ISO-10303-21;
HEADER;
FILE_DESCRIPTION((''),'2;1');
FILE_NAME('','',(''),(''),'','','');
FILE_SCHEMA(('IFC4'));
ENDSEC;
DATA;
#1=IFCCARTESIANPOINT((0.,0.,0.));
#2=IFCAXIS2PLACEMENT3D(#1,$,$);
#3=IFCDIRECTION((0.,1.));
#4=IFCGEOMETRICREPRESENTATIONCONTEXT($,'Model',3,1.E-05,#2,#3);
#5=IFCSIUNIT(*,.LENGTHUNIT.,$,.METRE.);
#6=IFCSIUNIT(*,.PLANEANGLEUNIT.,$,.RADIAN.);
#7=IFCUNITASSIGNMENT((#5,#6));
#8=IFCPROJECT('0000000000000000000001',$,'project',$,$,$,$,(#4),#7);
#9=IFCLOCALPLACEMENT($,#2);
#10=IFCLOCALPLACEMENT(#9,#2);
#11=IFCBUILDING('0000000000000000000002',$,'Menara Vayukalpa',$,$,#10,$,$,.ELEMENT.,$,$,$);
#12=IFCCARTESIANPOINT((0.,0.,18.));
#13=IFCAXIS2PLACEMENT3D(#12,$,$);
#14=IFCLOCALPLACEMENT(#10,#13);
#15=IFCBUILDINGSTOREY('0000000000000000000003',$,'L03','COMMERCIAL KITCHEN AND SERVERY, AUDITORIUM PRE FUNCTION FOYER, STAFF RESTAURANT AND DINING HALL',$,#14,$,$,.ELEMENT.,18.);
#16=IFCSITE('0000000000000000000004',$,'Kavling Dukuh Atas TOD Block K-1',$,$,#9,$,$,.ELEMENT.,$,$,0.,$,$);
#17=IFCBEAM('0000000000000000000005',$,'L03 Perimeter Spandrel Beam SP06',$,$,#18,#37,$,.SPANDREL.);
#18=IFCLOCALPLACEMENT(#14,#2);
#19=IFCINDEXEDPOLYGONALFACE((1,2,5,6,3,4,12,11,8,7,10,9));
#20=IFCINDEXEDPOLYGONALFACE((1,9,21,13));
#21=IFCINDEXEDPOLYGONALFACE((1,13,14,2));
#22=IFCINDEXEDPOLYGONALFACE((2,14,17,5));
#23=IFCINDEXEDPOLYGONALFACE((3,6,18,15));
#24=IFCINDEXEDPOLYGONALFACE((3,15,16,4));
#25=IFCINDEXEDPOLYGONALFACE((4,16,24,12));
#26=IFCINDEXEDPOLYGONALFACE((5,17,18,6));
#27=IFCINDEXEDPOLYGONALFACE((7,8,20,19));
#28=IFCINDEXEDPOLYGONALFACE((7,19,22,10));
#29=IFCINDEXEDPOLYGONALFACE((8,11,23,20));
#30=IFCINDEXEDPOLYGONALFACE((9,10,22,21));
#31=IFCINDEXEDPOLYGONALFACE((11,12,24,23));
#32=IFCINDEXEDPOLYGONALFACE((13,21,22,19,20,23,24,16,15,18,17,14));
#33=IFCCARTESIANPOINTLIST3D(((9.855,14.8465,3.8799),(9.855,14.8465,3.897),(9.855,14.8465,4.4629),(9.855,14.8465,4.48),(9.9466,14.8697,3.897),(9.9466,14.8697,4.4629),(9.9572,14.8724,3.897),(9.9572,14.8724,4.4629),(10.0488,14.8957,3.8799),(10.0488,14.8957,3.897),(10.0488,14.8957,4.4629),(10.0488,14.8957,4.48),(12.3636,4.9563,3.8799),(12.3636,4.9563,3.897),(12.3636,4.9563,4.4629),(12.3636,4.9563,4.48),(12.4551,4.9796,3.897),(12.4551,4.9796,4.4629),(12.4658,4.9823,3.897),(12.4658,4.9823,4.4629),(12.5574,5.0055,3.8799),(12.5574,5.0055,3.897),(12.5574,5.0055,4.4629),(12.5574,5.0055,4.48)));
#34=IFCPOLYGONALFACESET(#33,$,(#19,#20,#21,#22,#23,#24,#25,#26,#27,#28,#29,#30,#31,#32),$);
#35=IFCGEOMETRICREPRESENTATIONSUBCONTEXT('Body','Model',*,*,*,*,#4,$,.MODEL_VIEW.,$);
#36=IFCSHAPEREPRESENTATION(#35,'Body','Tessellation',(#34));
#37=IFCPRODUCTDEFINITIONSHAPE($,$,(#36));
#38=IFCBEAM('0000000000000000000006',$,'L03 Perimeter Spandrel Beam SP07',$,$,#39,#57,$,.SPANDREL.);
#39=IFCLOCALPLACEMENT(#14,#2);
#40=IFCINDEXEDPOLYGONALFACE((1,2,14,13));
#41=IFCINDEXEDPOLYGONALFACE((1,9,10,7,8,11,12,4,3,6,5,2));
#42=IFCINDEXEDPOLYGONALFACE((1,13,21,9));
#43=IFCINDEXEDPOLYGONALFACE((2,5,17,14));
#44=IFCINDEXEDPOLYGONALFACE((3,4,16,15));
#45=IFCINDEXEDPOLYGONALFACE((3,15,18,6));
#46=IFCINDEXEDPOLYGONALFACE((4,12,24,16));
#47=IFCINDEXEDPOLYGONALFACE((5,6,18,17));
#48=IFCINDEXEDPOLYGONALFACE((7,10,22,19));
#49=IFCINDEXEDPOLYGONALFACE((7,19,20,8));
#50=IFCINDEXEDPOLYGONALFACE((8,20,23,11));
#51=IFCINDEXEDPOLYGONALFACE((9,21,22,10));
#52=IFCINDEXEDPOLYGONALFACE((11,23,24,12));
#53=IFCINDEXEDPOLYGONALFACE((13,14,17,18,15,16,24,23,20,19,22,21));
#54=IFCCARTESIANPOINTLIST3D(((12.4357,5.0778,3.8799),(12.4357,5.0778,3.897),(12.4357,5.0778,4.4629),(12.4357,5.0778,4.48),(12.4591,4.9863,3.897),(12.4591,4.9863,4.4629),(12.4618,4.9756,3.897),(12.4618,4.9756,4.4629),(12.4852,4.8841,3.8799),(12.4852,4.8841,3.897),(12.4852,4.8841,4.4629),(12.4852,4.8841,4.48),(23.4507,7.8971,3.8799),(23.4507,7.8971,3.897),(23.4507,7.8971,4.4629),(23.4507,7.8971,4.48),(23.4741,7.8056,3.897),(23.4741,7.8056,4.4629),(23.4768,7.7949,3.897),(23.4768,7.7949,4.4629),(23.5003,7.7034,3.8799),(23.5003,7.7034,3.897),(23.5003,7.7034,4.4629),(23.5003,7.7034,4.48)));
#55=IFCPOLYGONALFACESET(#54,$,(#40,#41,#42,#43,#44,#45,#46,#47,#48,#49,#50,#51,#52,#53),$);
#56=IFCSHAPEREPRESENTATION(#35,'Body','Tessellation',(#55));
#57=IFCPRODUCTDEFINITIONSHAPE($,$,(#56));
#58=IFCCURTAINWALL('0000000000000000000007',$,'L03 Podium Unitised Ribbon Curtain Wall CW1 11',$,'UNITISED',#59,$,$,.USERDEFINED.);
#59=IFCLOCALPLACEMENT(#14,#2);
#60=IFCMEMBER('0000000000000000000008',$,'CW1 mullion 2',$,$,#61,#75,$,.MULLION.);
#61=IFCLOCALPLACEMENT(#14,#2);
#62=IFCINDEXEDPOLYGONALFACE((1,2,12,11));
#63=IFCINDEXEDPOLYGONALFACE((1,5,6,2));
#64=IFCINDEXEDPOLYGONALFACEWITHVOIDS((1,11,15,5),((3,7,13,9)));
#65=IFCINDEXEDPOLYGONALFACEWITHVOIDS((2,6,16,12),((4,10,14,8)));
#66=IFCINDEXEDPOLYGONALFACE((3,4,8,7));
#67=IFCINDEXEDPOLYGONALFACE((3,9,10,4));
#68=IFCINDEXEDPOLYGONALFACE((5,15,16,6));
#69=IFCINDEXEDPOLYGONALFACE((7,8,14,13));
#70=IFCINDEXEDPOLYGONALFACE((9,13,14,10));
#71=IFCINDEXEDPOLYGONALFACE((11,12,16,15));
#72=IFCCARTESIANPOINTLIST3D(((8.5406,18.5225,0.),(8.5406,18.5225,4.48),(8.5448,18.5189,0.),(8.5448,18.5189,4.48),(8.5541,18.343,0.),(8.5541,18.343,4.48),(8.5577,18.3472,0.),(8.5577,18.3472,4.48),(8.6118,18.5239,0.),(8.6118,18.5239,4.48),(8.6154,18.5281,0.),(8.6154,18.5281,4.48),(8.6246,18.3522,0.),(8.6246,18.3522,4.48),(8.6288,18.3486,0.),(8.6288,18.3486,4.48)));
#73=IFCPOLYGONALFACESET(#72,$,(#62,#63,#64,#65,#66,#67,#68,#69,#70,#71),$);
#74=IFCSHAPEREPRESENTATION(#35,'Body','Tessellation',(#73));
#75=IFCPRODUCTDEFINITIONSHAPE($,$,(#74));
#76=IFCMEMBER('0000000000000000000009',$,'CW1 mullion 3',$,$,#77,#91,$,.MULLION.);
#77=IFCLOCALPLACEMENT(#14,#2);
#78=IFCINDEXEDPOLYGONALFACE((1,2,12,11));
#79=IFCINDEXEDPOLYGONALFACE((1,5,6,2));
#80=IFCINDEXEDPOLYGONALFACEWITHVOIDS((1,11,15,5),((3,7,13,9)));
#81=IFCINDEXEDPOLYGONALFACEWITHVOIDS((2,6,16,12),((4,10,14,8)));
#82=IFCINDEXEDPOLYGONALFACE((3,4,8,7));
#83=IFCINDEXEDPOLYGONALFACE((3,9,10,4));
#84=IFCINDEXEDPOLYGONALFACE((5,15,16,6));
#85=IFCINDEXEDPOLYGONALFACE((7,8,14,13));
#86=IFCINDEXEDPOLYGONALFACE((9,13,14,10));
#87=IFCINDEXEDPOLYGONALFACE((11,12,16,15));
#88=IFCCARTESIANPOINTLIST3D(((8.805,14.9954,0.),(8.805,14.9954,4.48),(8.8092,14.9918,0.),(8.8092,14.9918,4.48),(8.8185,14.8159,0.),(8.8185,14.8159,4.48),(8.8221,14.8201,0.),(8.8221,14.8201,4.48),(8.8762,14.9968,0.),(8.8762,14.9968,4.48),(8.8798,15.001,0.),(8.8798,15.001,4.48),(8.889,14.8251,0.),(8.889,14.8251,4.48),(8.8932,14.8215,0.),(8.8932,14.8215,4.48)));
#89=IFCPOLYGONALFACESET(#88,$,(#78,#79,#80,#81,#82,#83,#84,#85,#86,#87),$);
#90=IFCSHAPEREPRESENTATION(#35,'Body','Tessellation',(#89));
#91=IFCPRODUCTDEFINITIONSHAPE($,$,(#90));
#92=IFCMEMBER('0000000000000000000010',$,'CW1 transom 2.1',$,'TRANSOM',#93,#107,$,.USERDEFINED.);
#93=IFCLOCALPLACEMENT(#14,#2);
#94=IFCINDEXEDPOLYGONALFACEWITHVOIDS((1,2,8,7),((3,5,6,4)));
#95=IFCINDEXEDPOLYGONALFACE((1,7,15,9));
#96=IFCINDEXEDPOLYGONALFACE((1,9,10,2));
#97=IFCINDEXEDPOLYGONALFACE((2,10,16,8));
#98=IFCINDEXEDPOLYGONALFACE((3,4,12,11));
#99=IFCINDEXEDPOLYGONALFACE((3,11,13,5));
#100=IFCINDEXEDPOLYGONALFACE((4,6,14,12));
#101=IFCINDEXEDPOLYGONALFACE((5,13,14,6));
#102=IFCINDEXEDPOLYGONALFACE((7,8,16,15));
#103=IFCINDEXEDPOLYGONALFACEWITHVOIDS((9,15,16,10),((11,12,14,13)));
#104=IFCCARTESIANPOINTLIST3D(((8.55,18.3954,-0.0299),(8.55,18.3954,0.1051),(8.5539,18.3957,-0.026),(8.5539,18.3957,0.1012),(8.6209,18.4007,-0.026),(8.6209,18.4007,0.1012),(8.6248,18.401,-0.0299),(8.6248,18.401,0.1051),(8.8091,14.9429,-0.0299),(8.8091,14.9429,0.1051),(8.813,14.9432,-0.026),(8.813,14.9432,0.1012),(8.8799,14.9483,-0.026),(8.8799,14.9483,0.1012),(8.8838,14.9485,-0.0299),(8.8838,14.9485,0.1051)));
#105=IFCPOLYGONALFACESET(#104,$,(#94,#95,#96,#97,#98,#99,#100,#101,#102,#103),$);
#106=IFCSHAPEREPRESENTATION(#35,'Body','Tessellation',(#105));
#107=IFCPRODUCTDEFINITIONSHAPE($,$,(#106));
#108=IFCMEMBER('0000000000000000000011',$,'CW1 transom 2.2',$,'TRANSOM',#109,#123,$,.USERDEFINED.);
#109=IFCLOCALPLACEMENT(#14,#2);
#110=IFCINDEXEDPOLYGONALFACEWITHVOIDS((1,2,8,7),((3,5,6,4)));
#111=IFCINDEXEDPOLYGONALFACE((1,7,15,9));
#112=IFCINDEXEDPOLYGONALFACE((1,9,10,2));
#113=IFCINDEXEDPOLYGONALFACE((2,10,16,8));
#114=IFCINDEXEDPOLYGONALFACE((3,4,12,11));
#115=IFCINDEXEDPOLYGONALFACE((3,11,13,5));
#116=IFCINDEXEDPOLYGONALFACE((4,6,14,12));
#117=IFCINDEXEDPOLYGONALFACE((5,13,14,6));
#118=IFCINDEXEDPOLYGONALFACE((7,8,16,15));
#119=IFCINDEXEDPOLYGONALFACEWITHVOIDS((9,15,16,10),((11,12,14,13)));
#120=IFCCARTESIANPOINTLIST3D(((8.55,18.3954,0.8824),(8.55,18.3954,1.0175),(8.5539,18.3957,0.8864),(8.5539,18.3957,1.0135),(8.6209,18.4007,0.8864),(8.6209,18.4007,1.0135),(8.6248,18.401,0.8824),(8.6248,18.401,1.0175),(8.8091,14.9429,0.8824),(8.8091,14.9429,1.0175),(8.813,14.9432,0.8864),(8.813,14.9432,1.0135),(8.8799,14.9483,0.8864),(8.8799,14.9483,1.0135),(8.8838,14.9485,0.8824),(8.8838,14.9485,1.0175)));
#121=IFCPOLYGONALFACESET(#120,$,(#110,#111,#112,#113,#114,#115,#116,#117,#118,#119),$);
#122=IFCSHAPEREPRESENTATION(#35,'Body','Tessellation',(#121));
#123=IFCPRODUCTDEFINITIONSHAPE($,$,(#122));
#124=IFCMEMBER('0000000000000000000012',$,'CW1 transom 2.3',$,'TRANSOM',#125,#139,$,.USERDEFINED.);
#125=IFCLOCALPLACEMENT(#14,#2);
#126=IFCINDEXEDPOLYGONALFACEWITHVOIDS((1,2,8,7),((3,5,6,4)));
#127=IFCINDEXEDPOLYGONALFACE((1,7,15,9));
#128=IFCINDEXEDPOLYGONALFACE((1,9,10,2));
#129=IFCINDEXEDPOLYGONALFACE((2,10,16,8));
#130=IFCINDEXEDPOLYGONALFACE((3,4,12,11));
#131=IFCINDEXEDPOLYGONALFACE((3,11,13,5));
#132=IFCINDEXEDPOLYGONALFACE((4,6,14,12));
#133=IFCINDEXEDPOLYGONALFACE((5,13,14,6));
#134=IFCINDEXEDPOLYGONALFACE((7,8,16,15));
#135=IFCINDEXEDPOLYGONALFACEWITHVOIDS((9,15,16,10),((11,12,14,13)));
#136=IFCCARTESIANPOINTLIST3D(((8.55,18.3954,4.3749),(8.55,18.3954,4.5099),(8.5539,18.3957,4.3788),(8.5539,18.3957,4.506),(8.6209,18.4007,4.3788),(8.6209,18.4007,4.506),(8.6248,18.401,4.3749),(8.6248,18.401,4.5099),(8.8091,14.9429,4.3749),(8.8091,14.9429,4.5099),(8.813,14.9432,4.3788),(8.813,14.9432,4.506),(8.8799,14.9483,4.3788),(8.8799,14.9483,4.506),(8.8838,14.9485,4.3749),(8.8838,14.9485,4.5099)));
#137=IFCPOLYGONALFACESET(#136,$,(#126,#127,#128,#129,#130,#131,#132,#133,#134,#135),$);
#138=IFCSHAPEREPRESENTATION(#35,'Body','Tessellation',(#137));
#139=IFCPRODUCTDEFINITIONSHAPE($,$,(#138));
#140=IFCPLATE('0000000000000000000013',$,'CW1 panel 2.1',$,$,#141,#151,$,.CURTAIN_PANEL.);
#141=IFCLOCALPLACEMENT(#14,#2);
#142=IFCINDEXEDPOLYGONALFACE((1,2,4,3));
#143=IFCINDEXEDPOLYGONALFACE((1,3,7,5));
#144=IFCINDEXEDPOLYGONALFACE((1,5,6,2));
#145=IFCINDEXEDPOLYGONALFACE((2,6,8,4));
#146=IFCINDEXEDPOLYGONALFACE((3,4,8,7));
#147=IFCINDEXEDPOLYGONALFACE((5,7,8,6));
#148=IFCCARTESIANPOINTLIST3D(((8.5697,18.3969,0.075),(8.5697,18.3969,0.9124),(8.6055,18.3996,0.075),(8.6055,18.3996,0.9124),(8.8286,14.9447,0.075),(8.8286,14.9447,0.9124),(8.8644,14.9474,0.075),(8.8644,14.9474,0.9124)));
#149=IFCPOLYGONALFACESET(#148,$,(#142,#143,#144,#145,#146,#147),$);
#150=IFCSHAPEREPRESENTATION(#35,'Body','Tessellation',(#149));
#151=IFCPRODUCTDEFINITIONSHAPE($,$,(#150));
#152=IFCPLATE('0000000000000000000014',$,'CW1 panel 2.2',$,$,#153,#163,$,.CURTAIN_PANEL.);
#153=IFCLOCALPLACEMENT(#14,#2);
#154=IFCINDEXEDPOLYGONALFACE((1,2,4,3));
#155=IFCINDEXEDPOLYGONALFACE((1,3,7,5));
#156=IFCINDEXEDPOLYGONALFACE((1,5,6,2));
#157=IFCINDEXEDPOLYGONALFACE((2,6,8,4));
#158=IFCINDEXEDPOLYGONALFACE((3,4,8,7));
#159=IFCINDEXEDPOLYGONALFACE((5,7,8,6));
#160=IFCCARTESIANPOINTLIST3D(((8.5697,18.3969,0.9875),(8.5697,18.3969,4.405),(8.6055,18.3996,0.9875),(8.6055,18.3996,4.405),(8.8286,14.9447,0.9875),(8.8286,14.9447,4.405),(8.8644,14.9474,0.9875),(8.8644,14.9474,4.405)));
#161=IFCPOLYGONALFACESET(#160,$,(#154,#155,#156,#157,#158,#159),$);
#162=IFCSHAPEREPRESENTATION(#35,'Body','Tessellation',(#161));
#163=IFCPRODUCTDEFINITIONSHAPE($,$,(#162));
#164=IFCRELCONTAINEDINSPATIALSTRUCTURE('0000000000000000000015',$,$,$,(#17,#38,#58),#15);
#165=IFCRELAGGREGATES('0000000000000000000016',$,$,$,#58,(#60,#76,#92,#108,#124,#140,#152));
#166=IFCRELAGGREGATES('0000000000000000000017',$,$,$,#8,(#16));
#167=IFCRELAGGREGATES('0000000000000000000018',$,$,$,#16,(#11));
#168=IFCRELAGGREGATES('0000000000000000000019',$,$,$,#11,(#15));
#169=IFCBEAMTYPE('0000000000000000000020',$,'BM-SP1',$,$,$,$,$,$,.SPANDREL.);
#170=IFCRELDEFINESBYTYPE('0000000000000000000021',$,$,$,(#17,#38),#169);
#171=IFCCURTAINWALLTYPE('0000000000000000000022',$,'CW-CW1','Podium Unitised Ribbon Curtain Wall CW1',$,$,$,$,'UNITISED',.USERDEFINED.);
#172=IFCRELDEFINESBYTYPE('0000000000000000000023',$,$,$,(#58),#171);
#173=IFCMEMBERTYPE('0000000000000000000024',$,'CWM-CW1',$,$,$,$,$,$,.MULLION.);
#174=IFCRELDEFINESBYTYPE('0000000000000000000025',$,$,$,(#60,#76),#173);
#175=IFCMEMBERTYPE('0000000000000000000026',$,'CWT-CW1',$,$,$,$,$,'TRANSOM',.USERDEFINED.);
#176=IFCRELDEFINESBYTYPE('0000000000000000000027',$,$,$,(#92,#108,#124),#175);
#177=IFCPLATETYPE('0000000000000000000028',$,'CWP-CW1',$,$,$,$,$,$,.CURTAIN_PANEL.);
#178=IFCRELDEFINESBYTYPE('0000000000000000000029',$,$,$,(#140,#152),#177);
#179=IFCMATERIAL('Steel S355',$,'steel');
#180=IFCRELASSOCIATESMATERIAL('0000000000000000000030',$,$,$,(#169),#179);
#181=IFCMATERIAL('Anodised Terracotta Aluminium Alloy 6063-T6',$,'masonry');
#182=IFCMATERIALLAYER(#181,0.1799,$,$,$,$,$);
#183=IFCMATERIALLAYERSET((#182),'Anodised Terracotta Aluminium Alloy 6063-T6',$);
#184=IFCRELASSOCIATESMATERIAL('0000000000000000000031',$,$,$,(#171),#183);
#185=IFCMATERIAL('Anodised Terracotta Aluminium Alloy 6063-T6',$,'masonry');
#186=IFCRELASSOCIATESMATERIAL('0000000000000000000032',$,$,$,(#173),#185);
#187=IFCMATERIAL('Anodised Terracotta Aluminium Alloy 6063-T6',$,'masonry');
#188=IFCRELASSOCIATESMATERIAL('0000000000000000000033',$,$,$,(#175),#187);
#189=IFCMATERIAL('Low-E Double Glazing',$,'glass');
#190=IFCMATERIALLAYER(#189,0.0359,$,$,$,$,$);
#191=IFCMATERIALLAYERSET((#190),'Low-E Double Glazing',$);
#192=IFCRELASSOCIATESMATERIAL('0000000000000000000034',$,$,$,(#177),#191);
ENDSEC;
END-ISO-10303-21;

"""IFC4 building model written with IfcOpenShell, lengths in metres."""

from ifc_helpers import new_model, si_unit, direction, frame, origin, origin_2d, place, context, subcontext, project, spatial, rectangle, hollow_rectangle, i_section, extrude, material, layer, layer_set, material_profile, profile_set, type_object, element, aggregate, save


model = new_model("IFC4")

# Units and contexts
model_context = context("Model", 3, precision=1e-05, world=origin(), true_north=direction((0.0, 1.0)))
body_context = subcontext(model_context, "Body", "Model", "MODEL_VIEW")
ifc_project = project(units=[si_unit("LENGTHUNIT", "METRE"), si_unit("PLANEANGLEUNIT", "RADIAN")], contexts=[model_context])

# Site, building, storey
site_placement = place(None, origin())
site = spatial("IfcSite", under=ifc_project, at=site_placement, Name="Kavling Dukuh Atas TOD Block K-1", CompositionType="ELEMENT", RefElevation=0.0)
building_placement = place(site_placement, origin())
building = spatial("IfcBuilding", under=site, at=building_placement, Name="Menara Vayukalpa", CompositionType="ELEMENT")
storey_placement = place(building_placement, frame((0.0, 0.0, 18.0)))
storey = spatial("IfcBuildingStorey", under=building, at=storey_placement, Name="L03", Description="COMMERCIAL KITCHEN AND SERVERY, AUDITORIUM PRE FUNCTION FOYER, STAFF RESTAURANT AND DINING HALL", CompositionType="ELEMENT", Elevation=18.0)

# Beams
ifc_material_1 = material(Name="Steel S355", Category="steel")
ifc_material_profile_1 = material_profile(ifc_material_1, i_section(OverallWidth=0.2, OverallDepth=0.6001, WebThickness=0.011, FlangeThickness=0.0171, at=origin_2d()), Name="WF 600x200x11x17")
ifc_profile_set_1 = profile_set([ifc_material_profile_1], Name="Steel S355")
beam_type_1 = type_object("IfcBeamType", Name="BM-SP1", PredefinedType="SPANDREL", material=ifc_profile_set_1)
beam_1_placement = place(storey_placement, frame((9.9519, 14.8711, 4.1799), z_axis=(0.245856, -0.969306, 0.0), x_axis=(0.969306, 0.245856, 0.0)))
element("IfcBeam", 1, at=beam_1_placement, inside=storey, type_object=beam_type_1, Name="L03 Perimeter Spandrel Beam SP06", PredefinedType="SPANDREL", context=body_context, shape_type="SweptSolid", body=[
    extrude(i_section(OverallWidth=0.2, OverallDepth=0.6001, WebThickness=0.011, FlangeThickness=0.0171, at=origin_2d()), origin(), (0.0, 0.0, 1.0), 10.2034),
])
beam_2_placement = place(storey_placement, frame((12.4604, 4.981, 4.1799), z_axis=(0.968771, 0.247958, 0.0), x_axis=(-0.247958, 0.968771, 0.0)))
element("IfcBeam", 2, at=beam_2_placement, inside=storey, type_object=beam_type_1, Name="L03 Perimeter Spandrel Beam SP07", PredefinedType="SPANDREL", context=body_context, shape_type="SweptSolid", body=[
    extrude(i_section(OverallWidth=0.2, OverallDepth=0.6001, WebThickness=0.011, FlangeThickness=0.0171, at=origin_2d()), origin(), (0.0, 0.0, 1.0), 11.3701),
])

# Curtain wall, members, plates
ifc_material_2 = material(Name="Anodised Terracotta Aluminium Alloy 6063-T6", Category="masonry")
ifc_layer_1 = layer(ifc_material_2, 0.1799)
ifc_layer_set_1 = layer_set([ifc_layer_1], Name="Anodised Terracotta Aluminium Alloy 6063-T6")
curtain_wall_type = type_object("IfcCurtainWallType", Name="CW-CW1", Description="Podium Unitised Ribbon Curtain Wall CW1", ElementType="UNITISED", PredefinedType="USERDEFINED", material=ifc_layer_set_1)
curtain_wall_placement = place(storey_placement, origin())
curtain_wall = element("IfcCurtainWall", 3, at=curtain_wall_placement, inside=storey, type_object=curtain_wall_type, Name="L03 Podium Unitised Ribbon Curtain Wall CW1 11", ObjectType="UNITISED", PredefinedType="USERDEFINED")
ifc_material_3 = material(Name="Anodised Terracotta Aluminium Alloy 6063-T6", Category="masonry")
ifc_material_profile_2 = material_profile(ifc_material_3, hollow_rectangle(XDim=0.075, YDim=0.1799, WallThickness=0.0039, at=origin_2d()), Name="ALU 75x180x4")
ifc_profile_set_2 = profile_set([ifc_material_profile_2], Name="Anodised Terracotta Aluminium Alloy 6063-T6")
member_type_1 = type_object("IfcMemberType", Name="CWM-CW1", PredefinedType="MULLION", material=ifc_profile_set_2)
member_1_placement = place(storey_placement, frame((8.5847, 18.4355, 0.0), z_axis=(0.0, 0.0, 1.0), x_axis=(0.997199, 0.074794, 0.0)))
member_1 = element("IfcMember", 4, at=member_1_placement, type_object=member_type_1, Name="CW1 mullion 2", PredefinedType="MULLION", context=body_context, shape_type="SweptSolid", body=[
    extrude(hollow_rectangle(XDim=0.075, YDim=0.1799, WallThickness=0.0039, at=origin_2d()), origin(), (0.0, 0.0, 1.0), 4.48),
])
member_2_placement = place(storey_placement, frame((8.8491, 14.9084, 0.0), z_axis=(0.0, 0.0, 1.0), x_axis=(0.997199, 0.074794, 0.0)))
member_2 = element("IfcMember", 5, at=member_2_placement, type_object=member_type_1, Name="CW1 mullion 3", PredefinedType="MULLION", context=body_context, shape_type="SweptSolid", body=[
    extrude(hollow_rectangle(XDim=0.075, YDim=0.1799, WallThickness=0.0039, at=origin_2d()), origin(), (0.0, 0.0, 1.0), 4.48),
])
ifc_material_4 = material(Name="Anodised Terracotta Aluminium Alloy 6063-T6", Category="masonry")
ifc_material_profile_3 = material_profile(ifc_material_4, hollow_rectangle(XDim=0.075, YDim=0.135, WallThickness=0.0039, at=origin_2d()), Name="ALU 75x135x4")
ifc_profile_set_3 = profile_set([ifc_material_profile_3], Name="Anodised Terracotta Aluminium Alloy 6063-T6")
member_type_2 = type_object("IfcMemberType", Name="CWT-CW1", ElementType="TRANSOM", PredefinedType="USERDEFINED", material=ifc_profile_set_3)
member_3_placement = place(storey_placement, frame((8.5874, 18.3982, 0.0376), z_axis=(0.07482, -0.997197, 0.0), x_axis=(0.997197, 0.07482, 0.0)))
member_3 = element("IfcMember", 6, at=member_3_placement, type_object=member_type_2, Name="CW1 transom 2.1", ObjectType="TRANSOM", PredefinedType="USERDEFINED", context=body_context, shape_type="SweptSolid", body=[
    extrude(hollow_rectangle(XDim=0.075, YDim=0.135, WallThickness=0.0039, at=origin_2d()), origin(), (0.0, 0.0, 1.0), 3.4622),
])
member_4_placement = place(storey_placement, frame((8.5874, 18.3982, 0.95), z_axis=(0.07482, -0.997197, 0.0), x_axis=(0.997197, 0.07482, 0.0)))
member_4 = element("IfcMember", 7, at=member_4_placement, type_object=member_type_2, Name="CW1 transom 2.2", ObjectType="TRANSOM", PredefinedType="USERDEFINED", context=body_context, shape_type="SweptSolid", body=[
    extrude(hollow_rectangle(XDim=0.075, YDim=0.135, WallThickness=0.0039, at=origin_2d()), origin(), (0.0, 0.0, 1.0), 3.4622),
])
member_5_placement = place(storey_placement, frame((8.5874, 18.3982, 4.4424), z_axis=(0.07482, -0.997197, 0.0), x_axis=(0.997197, 0.07482, 0.0)))
member_5 = element("IfcMember", 8, at=member_5_placement, type_object=member_type_2, Name="CW1 transom 2.3", ObjectType="TRANSOM", PredefinedType="USERDEFINED", context=body_context, shape_type="SweptSolid", body=[
    extrude(hollow_rectangle(XDim=0.075, YDim=0.135, WallThickness=0.0039, at=origin_2d()), origin(), (0.0, 0.0, 1.0), 3.4622),
])
ifc_material_5 = material(Name="Low-E Double Glazing", Category="glass")
ifc_layer_2 = layer(ifc_material_5, 0.0359)
ifc_layer_set_2 = layer_set([ifc_layer_2], Name="Low-E Double Glazing")
plate_type = type_object("IfcPlateType", Name="CWP-CW1", PredefinedType="CURTAIN_PANEL", material=ifc_layer_set_2)
plate_1_placement = place(storey_placement, frame((8.717, 16.6721, 0.075), z_axis=(0.0, 0.0, 1.0), x_axis=(0.074794, -0.997199, 0.0)))
plate_1 = element("IfcPlate", 9, at=plate_1_placement, type_object=plate_type, Name="CW1 panel 2.1", PredefinedType="CURTAIN_PANEL", context=body_context, shape_type="SweptSolid", body=[
    extrude(rectangle(XDim=3.4619, YDim=0.0359, at=origin_2d()), origin(), (0.0, 0.0, 1.0), 0.8374),
])
plate_2_placement = place(storey_placement, frame((8.717, 16.6721, 0.9875), z_axis=(0.0, 0.0, 1.0), x_axis=(0.074794, -0.997199, 0.0)))
plate_2 = element("IfcPlate", 10, at=plate_2_placement, type_object=plate_type, Name="CW1 panel 2.2", PredefinedType="CURTAIN_PANEL", context=body_context, shape_type="SweptSolid", body=[
    extrude(rectangle(XDim=3.4619, YDim=0.0359, at=origin_2d()), origin(), (0.0, 0.0, 1.0), 3.4175),
])
aggregate(curtain_wall, [member_1, member_2, member_3, member_4, member_5, plate_1, plate_2])

save(model, "model.ifc")
